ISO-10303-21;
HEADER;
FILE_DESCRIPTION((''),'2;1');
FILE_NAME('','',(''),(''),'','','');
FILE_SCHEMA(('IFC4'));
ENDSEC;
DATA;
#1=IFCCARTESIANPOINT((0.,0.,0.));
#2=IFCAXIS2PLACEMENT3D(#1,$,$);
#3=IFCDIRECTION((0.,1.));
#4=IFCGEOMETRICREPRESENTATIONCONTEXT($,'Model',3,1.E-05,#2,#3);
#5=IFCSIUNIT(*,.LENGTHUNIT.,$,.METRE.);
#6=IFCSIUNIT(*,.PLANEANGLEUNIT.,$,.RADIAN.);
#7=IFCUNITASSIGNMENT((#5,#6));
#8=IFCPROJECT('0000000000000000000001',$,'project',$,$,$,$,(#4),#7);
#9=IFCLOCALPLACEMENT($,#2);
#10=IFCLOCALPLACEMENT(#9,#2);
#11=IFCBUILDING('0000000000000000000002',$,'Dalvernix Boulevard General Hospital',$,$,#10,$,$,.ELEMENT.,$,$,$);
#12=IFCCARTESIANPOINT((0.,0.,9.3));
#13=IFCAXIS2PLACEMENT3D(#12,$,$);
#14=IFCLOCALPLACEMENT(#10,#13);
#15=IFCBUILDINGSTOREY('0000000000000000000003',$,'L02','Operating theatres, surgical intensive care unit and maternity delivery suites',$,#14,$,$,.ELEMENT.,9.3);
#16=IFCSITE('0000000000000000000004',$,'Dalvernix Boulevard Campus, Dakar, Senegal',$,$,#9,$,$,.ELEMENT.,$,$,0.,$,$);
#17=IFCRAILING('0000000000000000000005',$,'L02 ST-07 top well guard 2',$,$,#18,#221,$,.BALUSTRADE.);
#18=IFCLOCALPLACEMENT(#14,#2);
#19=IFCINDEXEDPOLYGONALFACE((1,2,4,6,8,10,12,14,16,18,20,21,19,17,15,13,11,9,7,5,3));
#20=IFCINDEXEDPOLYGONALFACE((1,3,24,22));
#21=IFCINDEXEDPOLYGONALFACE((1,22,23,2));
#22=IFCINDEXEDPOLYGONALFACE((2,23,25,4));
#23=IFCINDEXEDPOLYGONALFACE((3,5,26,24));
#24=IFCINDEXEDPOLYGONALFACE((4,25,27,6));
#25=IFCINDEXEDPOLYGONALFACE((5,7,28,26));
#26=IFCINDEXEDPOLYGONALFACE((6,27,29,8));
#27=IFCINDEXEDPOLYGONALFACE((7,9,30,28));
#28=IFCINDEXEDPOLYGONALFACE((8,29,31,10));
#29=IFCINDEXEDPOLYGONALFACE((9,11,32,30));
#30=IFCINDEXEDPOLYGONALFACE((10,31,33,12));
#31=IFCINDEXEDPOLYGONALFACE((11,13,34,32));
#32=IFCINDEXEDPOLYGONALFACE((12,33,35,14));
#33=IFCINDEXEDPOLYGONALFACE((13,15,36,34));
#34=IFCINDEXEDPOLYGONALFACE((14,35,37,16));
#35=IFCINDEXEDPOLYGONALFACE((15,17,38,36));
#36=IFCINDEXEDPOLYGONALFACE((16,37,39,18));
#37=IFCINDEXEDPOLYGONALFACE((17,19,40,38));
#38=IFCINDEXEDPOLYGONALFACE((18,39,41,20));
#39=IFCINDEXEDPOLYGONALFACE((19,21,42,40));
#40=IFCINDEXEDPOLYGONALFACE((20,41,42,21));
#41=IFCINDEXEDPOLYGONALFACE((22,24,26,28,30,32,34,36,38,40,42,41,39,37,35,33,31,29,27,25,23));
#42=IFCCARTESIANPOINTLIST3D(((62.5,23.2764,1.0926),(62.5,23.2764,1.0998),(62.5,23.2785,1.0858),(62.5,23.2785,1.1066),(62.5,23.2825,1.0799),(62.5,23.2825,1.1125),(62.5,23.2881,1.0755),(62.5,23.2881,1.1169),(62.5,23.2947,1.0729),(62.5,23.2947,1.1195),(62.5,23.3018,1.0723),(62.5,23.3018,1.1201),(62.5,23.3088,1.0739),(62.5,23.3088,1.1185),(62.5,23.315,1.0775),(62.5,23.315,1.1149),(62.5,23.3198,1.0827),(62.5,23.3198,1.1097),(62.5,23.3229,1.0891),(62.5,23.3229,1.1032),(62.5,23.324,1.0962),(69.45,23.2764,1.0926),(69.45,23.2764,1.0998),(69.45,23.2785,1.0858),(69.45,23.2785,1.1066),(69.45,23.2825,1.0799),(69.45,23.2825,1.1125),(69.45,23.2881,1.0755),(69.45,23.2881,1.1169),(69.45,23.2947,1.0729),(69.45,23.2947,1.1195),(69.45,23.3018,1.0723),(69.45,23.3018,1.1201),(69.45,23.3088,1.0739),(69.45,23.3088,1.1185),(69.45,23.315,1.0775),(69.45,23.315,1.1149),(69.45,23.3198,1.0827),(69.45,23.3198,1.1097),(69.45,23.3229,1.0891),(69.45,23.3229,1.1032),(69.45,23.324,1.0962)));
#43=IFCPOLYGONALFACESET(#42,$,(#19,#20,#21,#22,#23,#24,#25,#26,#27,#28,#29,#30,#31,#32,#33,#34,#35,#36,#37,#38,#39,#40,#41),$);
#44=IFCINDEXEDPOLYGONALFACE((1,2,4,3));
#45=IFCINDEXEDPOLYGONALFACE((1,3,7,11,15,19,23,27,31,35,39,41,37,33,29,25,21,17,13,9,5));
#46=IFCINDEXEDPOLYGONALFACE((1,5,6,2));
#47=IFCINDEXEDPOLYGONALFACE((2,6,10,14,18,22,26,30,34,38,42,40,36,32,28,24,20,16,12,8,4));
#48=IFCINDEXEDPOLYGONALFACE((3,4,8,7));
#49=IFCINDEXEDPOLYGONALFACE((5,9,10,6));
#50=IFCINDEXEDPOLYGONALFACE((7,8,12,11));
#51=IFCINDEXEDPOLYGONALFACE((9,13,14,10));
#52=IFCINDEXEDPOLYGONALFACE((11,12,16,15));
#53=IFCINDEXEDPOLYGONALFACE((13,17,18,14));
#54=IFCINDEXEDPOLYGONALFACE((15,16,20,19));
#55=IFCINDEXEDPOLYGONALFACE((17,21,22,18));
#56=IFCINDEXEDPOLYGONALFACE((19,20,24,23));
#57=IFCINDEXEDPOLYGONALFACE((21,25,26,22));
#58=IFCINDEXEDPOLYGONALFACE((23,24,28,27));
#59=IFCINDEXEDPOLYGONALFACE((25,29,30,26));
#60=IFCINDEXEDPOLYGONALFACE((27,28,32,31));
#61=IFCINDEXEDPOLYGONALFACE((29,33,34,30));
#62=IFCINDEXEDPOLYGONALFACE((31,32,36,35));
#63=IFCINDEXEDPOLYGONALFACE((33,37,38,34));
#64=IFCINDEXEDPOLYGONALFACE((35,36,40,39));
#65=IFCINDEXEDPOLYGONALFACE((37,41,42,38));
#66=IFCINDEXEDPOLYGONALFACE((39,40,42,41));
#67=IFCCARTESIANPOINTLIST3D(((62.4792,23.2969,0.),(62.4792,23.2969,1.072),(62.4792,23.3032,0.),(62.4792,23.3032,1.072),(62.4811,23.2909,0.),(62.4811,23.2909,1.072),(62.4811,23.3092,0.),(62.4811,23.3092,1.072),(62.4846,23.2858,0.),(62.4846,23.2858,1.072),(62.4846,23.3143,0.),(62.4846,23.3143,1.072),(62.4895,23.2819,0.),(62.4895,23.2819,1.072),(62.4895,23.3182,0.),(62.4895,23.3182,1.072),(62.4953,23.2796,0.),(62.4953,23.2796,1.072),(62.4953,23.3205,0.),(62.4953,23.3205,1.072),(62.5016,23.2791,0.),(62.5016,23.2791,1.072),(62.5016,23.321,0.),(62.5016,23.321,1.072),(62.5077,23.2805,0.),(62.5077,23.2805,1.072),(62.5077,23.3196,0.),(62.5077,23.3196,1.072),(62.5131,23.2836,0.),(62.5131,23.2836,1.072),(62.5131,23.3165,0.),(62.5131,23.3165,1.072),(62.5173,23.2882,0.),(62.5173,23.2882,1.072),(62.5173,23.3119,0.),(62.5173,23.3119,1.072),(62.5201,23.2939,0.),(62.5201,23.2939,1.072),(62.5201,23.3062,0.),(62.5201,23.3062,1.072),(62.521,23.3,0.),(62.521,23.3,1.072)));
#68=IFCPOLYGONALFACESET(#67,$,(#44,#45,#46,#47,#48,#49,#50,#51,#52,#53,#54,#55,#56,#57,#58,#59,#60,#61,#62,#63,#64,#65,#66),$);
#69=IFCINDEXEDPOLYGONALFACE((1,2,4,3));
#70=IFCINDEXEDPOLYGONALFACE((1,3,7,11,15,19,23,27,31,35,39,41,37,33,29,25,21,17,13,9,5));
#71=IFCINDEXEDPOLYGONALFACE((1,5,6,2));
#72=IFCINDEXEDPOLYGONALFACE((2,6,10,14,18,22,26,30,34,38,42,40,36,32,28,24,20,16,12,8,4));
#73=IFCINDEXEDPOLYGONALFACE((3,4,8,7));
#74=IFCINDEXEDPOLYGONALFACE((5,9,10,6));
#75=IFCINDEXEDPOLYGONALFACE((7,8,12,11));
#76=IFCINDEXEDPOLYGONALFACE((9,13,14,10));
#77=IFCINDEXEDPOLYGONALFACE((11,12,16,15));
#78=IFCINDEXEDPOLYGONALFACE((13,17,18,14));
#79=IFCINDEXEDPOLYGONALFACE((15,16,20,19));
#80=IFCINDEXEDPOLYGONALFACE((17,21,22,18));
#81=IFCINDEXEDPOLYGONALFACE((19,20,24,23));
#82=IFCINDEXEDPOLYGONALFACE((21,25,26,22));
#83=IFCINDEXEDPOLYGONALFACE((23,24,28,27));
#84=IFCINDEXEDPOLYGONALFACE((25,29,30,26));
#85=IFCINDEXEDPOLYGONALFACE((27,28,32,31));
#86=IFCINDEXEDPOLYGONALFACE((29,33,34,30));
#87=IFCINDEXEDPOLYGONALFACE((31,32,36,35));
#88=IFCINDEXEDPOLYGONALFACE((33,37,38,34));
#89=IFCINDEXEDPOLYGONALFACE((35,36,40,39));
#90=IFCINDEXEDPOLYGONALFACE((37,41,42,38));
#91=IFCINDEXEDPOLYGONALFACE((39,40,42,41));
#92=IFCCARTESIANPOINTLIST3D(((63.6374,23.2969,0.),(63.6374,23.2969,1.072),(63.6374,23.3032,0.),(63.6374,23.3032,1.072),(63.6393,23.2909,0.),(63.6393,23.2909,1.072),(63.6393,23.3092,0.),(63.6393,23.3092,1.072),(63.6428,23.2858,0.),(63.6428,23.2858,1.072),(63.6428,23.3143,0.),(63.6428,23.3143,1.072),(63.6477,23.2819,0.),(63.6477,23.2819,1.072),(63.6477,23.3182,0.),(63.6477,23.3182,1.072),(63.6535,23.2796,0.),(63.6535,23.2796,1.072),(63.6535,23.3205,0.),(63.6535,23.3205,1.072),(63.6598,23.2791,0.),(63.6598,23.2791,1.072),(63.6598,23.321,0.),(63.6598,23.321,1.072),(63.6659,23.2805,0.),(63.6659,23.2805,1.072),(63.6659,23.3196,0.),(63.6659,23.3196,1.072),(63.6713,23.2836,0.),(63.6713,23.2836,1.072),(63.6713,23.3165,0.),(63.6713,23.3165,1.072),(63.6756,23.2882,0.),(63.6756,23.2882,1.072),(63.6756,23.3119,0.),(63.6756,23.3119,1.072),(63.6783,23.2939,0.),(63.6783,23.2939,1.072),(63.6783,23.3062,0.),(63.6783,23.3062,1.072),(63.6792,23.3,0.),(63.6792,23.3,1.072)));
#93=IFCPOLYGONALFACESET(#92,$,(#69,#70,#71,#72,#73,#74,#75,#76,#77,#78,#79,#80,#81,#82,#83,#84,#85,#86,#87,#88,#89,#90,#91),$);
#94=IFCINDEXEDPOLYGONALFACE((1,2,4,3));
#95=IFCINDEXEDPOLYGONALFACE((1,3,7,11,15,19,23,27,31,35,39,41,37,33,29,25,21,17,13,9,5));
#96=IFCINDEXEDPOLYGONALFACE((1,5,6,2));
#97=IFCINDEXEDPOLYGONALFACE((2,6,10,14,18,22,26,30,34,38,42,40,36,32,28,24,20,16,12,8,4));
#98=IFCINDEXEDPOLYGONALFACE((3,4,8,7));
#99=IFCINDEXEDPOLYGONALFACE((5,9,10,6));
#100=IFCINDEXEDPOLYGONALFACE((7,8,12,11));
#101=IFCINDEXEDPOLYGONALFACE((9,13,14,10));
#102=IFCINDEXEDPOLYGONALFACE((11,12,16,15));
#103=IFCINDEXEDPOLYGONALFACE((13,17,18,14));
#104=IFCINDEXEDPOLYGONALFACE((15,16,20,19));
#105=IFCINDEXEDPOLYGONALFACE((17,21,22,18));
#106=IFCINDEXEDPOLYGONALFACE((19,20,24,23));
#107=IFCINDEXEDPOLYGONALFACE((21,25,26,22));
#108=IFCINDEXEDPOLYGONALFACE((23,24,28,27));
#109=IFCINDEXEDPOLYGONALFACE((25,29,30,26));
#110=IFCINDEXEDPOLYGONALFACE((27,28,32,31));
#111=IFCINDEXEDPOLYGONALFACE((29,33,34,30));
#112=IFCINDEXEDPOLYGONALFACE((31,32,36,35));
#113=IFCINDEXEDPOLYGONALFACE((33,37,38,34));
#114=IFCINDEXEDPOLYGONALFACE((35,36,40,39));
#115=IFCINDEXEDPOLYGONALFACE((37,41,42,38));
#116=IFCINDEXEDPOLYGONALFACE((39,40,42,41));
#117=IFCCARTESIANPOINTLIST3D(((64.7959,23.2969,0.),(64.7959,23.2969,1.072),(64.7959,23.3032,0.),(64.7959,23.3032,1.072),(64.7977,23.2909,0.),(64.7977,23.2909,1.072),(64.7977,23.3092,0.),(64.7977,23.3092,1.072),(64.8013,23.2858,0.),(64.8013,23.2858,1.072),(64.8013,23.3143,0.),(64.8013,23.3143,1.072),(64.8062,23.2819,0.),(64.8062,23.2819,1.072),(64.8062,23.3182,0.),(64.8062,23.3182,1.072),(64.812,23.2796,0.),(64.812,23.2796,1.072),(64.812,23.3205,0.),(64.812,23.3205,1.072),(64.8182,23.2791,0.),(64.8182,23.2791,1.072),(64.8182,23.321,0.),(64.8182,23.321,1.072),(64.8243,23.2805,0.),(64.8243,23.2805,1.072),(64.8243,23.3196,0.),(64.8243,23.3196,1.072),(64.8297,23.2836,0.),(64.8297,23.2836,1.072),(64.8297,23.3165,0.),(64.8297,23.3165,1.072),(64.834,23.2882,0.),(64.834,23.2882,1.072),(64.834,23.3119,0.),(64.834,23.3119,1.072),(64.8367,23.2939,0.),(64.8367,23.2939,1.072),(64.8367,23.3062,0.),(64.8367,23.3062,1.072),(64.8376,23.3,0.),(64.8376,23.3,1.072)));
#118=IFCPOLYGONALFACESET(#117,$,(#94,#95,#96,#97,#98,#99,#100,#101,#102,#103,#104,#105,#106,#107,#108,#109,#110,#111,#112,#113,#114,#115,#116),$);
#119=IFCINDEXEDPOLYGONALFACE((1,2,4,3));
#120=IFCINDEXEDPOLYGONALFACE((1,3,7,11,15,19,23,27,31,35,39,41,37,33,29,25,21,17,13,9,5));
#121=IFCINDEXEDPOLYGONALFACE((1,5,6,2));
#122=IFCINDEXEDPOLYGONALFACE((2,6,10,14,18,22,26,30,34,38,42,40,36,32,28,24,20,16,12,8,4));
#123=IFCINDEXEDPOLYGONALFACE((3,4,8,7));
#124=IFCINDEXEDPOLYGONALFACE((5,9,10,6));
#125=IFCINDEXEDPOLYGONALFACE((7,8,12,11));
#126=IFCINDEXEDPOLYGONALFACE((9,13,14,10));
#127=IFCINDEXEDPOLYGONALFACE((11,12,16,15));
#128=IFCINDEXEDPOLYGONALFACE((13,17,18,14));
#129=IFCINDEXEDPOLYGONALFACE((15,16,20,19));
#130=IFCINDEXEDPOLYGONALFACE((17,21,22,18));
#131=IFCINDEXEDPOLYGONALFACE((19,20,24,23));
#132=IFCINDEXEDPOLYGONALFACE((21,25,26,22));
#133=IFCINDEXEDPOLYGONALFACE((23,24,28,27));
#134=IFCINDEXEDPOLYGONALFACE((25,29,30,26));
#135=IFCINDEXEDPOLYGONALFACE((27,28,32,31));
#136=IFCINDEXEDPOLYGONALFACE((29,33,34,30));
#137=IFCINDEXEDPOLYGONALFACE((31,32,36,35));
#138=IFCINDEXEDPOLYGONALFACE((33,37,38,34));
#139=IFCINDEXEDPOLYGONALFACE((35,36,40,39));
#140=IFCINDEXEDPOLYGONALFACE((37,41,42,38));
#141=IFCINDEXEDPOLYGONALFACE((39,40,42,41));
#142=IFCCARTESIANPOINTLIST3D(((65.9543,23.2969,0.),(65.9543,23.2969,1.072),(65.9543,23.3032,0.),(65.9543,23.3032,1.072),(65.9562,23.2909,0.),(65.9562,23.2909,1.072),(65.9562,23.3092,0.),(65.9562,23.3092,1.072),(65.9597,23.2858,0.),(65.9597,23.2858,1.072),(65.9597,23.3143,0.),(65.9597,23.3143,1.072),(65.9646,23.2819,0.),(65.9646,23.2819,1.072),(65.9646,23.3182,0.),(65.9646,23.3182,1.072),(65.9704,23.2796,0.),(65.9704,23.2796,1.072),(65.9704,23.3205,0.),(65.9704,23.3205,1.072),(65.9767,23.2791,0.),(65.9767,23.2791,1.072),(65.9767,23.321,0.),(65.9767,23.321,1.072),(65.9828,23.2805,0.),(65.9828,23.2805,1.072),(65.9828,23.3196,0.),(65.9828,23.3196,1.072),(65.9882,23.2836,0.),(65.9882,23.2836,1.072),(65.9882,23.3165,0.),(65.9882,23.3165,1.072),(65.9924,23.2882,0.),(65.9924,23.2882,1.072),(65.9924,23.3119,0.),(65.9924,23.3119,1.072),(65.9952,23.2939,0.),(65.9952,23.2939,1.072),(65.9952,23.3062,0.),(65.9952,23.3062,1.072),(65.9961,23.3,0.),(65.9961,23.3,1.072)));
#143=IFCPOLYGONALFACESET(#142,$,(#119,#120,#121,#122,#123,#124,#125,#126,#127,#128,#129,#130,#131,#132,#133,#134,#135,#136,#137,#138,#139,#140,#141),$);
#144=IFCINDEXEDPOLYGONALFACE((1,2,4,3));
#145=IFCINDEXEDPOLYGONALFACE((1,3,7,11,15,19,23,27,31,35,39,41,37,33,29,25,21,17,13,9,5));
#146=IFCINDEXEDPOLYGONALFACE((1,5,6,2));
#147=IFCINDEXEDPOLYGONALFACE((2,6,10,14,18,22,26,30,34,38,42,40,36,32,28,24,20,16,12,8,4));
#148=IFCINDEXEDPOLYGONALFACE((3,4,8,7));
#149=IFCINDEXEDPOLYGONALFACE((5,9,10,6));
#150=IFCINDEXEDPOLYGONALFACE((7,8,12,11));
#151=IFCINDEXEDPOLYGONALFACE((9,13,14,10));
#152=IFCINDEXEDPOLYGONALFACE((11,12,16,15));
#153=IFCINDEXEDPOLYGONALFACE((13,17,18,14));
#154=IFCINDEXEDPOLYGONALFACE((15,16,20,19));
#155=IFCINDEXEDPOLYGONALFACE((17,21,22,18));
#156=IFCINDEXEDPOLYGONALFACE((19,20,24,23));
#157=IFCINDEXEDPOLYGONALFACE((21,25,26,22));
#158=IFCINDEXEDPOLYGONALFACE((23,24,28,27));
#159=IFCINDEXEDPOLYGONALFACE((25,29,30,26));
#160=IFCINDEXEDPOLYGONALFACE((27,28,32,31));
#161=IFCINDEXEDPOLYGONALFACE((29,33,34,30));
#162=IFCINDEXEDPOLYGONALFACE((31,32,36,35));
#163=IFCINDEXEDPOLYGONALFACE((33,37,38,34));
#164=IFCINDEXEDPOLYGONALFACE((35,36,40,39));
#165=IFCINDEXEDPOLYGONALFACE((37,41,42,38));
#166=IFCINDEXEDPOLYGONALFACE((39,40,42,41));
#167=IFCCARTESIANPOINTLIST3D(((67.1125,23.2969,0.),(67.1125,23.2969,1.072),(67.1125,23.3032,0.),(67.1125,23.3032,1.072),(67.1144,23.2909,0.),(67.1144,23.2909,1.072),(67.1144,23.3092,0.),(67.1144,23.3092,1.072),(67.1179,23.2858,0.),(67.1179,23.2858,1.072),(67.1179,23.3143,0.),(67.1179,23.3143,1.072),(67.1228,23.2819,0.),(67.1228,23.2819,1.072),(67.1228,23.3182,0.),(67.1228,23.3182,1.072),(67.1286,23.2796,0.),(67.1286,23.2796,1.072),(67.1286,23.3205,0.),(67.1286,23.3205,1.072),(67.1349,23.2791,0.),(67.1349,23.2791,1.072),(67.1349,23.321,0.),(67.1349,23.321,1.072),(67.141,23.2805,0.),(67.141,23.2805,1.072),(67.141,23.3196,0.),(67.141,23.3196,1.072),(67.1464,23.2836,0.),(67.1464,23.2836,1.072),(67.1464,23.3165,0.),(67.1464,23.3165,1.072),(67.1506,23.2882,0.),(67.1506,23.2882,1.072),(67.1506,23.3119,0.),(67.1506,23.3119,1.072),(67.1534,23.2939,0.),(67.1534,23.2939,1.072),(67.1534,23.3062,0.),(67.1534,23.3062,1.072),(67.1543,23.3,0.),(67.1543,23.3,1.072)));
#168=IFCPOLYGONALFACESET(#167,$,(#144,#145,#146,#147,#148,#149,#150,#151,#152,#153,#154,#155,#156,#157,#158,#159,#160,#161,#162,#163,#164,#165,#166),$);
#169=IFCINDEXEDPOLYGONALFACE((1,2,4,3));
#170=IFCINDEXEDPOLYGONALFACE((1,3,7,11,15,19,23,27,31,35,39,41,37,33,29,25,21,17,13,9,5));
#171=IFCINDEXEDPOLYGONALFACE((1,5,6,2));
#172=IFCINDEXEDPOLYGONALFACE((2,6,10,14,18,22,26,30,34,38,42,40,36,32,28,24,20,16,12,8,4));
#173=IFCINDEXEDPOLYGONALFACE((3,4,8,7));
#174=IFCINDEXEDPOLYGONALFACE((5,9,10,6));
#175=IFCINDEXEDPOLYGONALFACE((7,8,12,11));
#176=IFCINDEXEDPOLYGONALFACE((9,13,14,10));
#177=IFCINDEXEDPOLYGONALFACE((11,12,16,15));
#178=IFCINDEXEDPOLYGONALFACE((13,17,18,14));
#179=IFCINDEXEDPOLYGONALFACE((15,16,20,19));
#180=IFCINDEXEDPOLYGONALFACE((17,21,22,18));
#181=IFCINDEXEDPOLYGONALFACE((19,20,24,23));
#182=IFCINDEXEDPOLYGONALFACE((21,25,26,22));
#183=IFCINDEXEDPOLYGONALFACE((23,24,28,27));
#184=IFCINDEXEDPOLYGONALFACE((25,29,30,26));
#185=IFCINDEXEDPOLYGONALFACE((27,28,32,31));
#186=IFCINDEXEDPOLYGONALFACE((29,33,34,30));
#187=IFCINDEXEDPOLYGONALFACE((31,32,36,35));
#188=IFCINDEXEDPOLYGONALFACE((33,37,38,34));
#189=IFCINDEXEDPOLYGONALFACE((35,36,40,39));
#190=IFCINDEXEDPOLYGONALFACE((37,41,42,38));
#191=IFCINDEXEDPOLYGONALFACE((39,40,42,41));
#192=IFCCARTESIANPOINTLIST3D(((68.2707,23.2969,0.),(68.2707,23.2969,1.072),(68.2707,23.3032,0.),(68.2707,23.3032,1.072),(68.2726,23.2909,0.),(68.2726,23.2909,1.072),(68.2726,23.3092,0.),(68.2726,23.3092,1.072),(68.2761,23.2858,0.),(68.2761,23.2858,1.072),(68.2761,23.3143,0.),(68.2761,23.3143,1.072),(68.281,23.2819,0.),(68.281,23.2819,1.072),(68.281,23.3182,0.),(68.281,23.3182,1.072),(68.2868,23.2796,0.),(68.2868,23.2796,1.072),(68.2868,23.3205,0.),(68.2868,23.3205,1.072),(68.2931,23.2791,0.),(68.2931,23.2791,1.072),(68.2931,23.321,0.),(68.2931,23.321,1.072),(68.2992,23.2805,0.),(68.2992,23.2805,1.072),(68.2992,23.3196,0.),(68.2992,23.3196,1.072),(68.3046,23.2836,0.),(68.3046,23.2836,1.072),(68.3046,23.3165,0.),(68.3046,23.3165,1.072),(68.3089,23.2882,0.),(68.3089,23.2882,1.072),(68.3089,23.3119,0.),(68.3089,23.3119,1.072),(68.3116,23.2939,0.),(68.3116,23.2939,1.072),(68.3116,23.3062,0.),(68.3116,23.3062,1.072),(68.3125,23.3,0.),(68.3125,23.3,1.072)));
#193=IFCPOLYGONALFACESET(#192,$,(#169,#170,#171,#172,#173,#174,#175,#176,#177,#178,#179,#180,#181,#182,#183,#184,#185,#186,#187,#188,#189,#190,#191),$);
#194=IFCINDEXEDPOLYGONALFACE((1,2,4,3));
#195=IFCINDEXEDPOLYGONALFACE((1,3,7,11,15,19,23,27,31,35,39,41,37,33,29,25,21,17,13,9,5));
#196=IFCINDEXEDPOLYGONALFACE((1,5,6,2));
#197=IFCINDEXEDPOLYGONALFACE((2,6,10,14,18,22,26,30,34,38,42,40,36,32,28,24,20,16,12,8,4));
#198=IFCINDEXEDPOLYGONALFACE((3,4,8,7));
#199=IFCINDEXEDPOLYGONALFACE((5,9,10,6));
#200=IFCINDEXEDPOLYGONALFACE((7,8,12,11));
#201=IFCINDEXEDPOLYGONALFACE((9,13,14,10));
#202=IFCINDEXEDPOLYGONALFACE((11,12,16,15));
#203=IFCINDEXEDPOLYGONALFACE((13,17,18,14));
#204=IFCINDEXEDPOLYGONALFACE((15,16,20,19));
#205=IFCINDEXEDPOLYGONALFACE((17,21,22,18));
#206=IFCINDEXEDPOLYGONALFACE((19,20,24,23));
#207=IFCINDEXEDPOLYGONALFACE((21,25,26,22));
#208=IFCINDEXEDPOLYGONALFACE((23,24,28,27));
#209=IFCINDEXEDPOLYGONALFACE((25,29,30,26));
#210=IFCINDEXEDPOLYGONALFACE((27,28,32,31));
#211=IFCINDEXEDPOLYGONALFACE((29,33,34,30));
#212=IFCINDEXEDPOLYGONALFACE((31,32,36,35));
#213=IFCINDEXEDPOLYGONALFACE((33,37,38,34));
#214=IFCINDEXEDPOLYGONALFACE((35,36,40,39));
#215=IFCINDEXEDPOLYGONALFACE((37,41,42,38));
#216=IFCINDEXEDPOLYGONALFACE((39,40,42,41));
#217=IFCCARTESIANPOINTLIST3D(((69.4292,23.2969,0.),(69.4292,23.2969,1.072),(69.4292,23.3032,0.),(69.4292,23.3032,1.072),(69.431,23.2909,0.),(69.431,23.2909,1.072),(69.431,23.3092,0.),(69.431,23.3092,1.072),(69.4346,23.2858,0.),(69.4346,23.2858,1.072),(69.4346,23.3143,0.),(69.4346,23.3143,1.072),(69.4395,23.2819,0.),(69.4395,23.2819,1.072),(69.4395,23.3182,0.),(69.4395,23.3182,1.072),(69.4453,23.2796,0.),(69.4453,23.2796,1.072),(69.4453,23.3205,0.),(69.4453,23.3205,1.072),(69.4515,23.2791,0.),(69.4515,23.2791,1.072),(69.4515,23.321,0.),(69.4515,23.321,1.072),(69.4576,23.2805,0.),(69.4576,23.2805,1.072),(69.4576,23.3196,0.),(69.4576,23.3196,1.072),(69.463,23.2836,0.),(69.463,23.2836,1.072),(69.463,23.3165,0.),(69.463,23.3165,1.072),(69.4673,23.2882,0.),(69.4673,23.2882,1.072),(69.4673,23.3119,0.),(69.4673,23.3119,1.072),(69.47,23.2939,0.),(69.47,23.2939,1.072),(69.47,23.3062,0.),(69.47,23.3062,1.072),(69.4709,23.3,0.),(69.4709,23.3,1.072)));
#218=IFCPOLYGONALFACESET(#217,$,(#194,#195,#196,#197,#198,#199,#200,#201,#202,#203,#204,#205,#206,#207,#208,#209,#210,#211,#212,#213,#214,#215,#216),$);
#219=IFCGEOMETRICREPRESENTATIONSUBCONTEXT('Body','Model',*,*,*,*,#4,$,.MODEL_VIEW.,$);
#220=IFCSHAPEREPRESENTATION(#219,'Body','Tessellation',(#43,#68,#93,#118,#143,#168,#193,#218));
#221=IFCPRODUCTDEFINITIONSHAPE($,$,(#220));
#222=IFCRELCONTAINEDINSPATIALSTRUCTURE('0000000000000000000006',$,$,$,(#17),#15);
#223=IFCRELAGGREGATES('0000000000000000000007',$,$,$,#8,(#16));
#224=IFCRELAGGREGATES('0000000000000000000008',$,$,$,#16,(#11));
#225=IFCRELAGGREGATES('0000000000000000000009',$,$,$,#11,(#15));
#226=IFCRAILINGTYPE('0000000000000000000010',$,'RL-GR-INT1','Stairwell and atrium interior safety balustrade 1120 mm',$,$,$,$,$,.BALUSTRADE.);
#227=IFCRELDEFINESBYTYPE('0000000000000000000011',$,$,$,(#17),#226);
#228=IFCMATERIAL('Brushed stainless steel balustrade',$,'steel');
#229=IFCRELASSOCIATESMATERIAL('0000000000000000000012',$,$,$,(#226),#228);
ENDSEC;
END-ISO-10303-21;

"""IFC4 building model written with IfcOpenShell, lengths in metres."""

from ifc_helpers import new_model, si_unit, direction, frame, origin, origin_2d, place, context, subcontext, project, spatial, circle, extrude, material, type_object, element, save


model = new_model("IFC4")

# Units and contexts
model_context = context("Model", 3, precision=1e-05, world=origin(), true_north=direction((0.0, 1.0)))
body_context = subcontext(model_context, "Body", "Model", "MODEL_VIEW")
ifc_project = project(units=[si_unit("LENGTHUNIT", "METRE"), si_unit("PLANEANGLEUNIT", "RADIAN")], contexts=[model_context])

# Site, building, storey
site_placement = place(None, origin())
site = spatial("IfcSite", under=ifc_project, at=site_placement, Name="Dalvernix Boulevard Campus, Dakar, Senegal", CompositionType="ELEMENT", RefElevation=0.0)
building_placement = place(site_placement, origin())
building = spatial("IfcBuilding", under=site, at=building_placement, Name="Dalvernix Boulevard General Hospital", CompositionType="ELEMENT")
storey_placement = place(building_placement, frame((0.0, 0.0, 9.3)))
storey = spatial("IfcBuildingStorey", under=building, at=storey_placement, Name="L02", Description="Operating theatres, surgical intensive care unit and maternity delivery suites", CompositionType="ELEMENT", Elevation=9.3)

# Railing
ifc_material_1 = material(Name="Brushed stainless steel balustrade", Category="steel")
railing_type = type_object("IfcRailingType", Name="RL-GR-INT1", Description="Stairwell and atrium interior safety balustrade 1120 mm", PredefinedType="BALUSTRADE", material=ifc_material_1)
for number, where, name in (
    (1, (62.5, 23.3, 0.0), "L02 ST-07 top well guard 2"),
):
    element("IfcRailing", number, at=place(storey_placement, frame(where)), inside=storey, type_object=railing_type, Name=name, PredefinedType="BALUSTRADE", context=body_context, shape_type="SweptSolid", body=[
        extrude(circle(Radius=0.0239, at=origin_2d()), frame((0.0, 0.0, 1.0962), z_axis=(1.0, 0.0, 0.0), x_axis=(0.0, 1.0, 0.0)), (0.0, 0.0, 1.0), 6.95),
        extrude(circle(Radius=0.021, at=origin_2d()), origin(), (0.0, 0.0, 1.0), 1.072),
        extrude(circle(Radius=0.021, at=origin_2d()), frame((1.1582, 0.0, 0.0)), (0.0, 0.0, 1.0), 1.072),
        extrude(circle(Radius=0.021, at=origin_2d()), frame((2.3167, 0.0, 0.0)), (0.0, 0.0, 1.0), 1.072),
        extrude(circle(Radius=0.021, at=origin_2d()), frame((3.4751, 0.0, 0.0)), (0.0, 0.0, 1.0), 1.072),
        extrude(circle(Radius=0.021, at=origin_2d()), frame((4.6333, 0.0, 0.0)), (0.0, 0.0, 1.0), 1.072),
        extrude(circle(Radius=0.021, at=origin_2d()), frame((5.7915, 0.0, 0.0)), (0.0, 0.0, 1.0), 1.072),
        extrude(circle(Radius=0.021, at=origin_2d()), frame((6.95, 0.0, 0.0)), (0.0, 0.0, 1.0), 1.072),
    ])

save(model, "model.ifc")
